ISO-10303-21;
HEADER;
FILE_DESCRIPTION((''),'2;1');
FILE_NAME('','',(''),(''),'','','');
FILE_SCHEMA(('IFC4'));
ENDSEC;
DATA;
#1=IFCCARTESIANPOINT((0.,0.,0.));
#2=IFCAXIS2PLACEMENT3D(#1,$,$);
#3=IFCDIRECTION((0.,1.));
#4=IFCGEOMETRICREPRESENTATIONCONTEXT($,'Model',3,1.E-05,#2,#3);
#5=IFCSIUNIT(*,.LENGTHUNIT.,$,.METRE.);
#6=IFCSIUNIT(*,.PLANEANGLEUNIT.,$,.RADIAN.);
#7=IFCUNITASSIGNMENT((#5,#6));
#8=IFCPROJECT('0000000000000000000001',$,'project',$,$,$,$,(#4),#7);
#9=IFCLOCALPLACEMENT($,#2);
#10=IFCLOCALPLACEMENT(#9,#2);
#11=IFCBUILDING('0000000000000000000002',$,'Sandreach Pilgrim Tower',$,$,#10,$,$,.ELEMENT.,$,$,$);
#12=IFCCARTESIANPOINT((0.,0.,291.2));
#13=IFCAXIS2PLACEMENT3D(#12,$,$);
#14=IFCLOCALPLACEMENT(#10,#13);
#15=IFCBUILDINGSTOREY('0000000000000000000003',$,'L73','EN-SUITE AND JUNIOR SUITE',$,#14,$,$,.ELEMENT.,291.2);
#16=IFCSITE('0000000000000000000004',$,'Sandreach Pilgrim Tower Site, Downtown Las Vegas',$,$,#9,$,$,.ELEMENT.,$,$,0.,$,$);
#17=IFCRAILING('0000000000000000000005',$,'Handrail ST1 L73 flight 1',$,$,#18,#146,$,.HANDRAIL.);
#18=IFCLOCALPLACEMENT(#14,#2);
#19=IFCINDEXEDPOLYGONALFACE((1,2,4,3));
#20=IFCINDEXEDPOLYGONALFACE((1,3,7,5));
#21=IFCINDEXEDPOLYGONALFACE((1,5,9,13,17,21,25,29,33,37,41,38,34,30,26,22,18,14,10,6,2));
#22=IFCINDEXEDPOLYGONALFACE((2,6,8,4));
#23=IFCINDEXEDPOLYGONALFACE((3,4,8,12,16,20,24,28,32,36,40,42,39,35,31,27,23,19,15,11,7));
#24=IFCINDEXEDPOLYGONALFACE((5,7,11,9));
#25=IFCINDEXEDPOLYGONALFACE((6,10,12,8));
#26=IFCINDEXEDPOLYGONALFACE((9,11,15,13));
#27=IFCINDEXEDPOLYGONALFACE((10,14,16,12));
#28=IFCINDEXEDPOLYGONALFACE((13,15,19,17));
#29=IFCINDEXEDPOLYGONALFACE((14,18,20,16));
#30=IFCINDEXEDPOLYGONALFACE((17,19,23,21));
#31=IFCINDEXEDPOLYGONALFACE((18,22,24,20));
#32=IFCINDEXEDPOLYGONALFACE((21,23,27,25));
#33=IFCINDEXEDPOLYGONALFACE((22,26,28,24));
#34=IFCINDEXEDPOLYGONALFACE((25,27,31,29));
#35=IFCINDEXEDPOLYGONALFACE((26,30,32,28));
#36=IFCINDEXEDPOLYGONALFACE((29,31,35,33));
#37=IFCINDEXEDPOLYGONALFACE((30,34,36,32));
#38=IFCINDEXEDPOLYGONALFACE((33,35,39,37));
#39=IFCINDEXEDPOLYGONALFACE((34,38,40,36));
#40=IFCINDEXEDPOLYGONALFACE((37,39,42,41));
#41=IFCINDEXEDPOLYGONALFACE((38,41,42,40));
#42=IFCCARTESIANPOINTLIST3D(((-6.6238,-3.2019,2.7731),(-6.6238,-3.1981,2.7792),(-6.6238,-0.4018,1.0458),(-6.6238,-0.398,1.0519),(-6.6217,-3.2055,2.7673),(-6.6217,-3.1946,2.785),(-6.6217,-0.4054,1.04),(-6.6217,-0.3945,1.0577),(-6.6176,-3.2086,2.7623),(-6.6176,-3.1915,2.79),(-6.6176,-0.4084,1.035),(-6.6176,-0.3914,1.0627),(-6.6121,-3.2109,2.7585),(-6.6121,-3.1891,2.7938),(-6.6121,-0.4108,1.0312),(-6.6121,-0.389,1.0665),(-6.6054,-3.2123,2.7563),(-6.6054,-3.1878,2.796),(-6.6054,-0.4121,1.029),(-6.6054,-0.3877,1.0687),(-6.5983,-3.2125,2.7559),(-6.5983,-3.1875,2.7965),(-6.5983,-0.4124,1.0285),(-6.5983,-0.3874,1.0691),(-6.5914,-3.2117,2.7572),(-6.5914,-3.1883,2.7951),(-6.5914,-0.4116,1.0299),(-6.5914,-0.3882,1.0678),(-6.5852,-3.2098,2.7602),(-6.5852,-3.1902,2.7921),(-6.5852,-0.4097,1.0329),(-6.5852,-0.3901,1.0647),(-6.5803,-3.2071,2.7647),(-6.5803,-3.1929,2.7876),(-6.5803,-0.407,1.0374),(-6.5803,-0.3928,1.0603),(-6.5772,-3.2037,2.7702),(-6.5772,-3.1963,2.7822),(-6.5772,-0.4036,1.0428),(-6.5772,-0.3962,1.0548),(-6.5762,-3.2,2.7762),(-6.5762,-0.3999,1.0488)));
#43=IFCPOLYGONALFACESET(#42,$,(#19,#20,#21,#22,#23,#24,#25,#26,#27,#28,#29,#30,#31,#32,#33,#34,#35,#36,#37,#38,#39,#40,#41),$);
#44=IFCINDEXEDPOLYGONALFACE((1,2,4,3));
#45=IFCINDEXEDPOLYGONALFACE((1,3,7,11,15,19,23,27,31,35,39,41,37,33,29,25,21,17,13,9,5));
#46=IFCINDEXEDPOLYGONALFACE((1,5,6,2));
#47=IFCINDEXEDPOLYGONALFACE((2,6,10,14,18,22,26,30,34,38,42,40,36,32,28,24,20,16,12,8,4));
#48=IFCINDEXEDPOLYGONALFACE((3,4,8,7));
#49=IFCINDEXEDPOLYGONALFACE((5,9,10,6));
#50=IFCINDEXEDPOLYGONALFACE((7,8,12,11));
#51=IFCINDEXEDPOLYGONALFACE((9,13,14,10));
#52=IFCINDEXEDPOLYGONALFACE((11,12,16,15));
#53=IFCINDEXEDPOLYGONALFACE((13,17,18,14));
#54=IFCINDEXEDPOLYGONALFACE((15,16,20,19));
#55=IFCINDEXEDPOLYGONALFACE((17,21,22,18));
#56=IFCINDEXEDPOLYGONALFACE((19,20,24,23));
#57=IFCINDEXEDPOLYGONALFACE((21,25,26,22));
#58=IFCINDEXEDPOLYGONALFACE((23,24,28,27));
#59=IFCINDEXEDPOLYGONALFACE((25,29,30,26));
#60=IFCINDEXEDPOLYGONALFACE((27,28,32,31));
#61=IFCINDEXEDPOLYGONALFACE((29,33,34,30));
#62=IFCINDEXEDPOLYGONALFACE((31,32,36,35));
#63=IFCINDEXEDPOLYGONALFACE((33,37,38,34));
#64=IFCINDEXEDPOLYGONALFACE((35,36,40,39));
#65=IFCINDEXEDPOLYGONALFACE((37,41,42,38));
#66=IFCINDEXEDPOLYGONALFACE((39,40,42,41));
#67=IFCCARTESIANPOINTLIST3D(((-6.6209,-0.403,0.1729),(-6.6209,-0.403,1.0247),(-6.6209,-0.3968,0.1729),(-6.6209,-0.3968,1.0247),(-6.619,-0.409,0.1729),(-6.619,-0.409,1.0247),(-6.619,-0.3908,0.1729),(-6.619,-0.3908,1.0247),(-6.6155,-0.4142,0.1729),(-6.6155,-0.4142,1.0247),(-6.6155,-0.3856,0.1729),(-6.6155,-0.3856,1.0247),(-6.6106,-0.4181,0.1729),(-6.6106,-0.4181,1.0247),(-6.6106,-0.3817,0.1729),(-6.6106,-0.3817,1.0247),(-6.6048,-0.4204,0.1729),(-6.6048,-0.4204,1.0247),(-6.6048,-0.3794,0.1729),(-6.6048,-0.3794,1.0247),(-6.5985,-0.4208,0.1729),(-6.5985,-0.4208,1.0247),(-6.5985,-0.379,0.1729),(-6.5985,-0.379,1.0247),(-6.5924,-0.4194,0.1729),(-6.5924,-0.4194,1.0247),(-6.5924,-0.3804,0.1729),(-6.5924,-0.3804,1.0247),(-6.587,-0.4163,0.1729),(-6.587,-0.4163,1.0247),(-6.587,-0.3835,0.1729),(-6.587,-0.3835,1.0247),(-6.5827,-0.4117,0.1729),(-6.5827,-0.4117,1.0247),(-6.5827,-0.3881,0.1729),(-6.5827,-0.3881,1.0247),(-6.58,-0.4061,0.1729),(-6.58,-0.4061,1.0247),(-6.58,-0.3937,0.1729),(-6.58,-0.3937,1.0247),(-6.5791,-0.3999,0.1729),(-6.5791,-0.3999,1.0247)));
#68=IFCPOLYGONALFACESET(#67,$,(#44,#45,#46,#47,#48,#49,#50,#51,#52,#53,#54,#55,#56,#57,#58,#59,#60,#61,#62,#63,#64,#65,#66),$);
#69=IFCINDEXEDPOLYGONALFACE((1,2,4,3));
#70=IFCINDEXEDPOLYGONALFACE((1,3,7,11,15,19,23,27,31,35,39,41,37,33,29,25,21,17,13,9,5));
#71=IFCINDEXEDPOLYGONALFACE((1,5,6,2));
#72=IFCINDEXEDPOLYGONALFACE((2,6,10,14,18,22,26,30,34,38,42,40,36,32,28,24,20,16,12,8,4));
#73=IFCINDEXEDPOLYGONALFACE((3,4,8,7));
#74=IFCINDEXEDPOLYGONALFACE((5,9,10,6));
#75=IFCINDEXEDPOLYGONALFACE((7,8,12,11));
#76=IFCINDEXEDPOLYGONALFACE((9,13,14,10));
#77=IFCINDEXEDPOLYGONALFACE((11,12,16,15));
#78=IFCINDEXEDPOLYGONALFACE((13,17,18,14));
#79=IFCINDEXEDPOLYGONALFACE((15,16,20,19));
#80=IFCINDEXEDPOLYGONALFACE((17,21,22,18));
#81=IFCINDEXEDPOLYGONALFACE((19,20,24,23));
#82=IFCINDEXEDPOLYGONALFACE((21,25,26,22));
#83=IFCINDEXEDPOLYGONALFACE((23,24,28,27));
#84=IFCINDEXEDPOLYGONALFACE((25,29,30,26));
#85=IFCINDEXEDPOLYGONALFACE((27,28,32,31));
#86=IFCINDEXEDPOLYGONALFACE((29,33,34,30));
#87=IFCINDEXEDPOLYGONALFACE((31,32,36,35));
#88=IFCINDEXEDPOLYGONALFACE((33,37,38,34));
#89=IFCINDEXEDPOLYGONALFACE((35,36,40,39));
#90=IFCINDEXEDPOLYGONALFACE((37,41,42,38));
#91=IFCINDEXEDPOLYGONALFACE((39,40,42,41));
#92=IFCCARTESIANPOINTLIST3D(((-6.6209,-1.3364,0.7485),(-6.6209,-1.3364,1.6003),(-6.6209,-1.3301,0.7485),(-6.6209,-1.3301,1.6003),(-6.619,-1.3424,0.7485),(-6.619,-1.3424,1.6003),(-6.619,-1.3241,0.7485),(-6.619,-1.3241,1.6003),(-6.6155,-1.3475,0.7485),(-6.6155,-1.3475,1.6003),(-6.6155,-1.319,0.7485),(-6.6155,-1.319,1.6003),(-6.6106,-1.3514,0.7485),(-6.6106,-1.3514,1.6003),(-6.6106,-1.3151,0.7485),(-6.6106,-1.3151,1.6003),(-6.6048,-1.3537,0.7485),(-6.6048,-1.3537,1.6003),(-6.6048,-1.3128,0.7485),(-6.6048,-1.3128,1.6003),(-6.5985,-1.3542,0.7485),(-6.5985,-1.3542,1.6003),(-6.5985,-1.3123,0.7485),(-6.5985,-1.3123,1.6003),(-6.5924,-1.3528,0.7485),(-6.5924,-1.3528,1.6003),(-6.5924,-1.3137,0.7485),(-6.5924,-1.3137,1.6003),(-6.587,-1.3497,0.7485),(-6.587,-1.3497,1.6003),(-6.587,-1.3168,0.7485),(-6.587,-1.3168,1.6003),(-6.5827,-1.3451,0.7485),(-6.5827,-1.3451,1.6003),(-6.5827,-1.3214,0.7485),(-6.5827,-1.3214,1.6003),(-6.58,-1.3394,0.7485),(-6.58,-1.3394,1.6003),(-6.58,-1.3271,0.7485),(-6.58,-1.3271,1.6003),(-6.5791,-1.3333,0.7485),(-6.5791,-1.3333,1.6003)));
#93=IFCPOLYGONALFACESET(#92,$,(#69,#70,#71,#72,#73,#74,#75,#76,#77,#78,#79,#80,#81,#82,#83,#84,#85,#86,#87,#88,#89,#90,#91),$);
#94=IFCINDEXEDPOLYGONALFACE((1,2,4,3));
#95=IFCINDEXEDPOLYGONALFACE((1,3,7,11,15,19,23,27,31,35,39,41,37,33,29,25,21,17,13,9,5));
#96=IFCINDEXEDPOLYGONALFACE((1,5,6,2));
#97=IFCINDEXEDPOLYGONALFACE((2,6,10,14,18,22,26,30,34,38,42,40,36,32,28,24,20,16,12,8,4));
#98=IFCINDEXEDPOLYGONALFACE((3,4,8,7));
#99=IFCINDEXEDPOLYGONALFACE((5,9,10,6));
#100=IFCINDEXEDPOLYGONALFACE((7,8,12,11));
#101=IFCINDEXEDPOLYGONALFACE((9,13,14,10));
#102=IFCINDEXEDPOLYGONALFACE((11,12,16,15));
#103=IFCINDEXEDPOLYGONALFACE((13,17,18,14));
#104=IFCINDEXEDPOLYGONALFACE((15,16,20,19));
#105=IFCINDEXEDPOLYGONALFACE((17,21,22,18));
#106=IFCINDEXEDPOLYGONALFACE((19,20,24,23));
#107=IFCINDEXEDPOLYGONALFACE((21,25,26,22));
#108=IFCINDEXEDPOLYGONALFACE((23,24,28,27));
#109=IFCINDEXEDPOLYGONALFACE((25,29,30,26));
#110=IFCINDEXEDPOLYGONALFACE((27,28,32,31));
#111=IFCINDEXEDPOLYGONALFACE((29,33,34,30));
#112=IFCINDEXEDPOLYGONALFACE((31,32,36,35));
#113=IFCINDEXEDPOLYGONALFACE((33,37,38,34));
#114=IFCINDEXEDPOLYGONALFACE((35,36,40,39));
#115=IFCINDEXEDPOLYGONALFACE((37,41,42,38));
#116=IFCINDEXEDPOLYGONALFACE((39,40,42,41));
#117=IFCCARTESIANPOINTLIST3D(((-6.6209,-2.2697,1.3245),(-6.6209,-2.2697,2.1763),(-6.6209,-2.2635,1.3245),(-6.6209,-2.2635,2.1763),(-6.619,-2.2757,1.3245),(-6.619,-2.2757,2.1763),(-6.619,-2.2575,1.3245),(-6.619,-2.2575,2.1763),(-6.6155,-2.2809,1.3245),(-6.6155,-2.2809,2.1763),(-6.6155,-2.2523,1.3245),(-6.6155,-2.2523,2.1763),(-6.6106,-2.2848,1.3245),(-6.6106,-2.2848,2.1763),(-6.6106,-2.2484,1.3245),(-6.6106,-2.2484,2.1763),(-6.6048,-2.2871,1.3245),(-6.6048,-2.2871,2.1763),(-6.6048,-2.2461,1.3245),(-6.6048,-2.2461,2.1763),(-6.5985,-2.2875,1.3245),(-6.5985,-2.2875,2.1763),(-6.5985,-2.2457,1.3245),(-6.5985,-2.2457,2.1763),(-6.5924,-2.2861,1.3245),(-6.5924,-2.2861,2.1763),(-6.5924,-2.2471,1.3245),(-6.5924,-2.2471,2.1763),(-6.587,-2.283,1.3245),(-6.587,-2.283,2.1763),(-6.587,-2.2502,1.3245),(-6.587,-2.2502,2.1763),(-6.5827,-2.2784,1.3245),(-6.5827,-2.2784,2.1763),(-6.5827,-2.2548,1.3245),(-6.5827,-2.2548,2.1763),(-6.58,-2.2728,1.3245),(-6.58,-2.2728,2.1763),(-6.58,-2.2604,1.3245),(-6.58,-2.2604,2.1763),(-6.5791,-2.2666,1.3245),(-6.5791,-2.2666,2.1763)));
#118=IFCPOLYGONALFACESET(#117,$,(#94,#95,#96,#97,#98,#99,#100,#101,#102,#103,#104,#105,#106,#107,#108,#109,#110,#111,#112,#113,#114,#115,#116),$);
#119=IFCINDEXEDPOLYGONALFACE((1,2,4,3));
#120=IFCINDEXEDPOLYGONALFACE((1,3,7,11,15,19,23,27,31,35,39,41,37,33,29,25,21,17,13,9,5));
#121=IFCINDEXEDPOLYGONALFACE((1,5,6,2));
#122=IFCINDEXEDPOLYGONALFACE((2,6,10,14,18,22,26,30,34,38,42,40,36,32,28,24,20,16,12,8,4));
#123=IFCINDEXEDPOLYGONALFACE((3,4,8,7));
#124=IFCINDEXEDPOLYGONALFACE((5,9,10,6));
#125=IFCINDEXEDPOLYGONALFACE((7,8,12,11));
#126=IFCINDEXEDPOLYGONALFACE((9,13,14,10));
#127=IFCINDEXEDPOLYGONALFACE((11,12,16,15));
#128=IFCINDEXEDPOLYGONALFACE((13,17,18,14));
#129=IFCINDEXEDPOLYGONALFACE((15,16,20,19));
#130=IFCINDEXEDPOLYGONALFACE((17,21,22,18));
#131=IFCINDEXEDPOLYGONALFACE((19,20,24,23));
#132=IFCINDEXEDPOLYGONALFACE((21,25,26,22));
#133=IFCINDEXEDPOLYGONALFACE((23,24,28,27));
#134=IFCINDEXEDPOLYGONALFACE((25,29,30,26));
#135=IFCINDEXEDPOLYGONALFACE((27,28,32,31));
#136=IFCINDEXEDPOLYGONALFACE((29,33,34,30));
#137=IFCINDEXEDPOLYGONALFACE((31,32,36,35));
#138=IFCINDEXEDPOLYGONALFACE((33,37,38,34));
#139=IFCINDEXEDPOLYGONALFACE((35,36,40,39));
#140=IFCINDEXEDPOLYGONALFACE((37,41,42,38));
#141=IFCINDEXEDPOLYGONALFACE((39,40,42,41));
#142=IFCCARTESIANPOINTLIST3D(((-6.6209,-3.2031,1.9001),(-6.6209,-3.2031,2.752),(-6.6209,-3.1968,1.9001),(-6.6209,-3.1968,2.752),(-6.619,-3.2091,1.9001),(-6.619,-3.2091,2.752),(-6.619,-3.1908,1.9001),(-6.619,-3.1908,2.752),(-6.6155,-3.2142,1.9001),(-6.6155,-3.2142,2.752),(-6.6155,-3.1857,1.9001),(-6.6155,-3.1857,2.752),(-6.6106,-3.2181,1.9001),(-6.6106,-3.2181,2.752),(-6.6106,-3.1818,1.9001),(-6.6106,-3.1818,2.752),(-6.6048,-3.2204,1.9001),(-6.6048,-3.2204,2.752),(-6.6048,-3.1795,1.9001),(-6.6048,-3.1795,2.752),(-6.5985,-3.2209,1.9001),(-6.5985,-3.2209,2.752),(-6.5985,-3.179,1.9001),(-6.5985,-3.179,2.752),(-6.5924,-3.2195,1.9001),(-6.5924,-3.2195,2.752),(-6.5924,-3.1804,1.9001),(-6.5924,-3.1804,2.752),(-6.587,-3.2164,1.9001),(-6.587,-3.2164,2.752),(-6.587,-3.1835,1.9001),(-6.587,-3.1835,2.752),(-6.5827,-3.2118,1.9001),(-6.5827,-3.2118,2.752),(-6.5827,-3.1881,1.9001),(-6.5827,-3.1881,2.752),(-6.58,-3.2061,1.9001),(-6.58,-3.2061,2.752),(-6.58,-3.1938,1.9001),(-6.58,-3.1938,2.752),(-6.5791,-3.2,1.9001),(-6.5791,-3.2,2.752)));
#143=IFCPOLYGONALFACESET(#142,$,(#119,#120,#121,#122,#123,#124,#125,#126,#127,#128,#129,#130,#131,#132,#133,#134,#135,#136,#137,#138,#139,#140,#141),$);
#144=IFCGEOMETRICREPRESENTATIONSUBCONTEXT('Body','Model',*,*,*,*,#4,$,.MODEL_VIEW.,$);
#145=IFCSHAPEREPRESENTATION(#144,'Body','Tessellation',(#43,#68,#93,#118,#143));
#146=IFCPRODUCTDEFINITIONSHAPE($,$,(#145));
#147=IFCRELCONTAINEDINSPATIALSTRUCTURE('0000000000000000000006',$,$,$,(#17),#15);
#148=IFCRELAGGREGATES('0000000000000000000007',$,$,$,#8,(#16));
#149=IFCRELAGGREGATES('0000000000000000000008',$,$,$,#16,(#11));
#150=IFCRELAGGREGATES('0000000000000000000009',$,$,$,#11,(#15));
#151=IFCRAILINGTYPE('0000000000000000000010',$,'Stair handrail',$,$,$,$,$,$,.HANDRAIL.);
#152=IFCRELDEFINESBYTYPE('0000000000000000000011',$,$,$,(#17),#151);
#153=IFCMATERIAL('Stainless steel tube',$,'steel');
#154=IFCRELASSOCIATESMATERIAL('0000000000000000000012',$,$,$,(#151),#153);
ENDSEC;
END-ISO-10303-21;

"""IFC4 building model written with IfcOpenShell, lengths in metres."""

from ifc_helpers import new_model, si_unit, direction, frame, origin, origin_2d, place, context, subcontext, project, spatial, circle, extrude, material, type_object, element, save


model = new_model("IFC4")

# Units and contexts
model_context = context("Model", 3, precision=1e-05, world=origin(), true_north=direction((0.0, 1.0)))
body_context = subcontext(model_context, "Body", "Model", "MODEL_VIEW")
ifc_project = project(units=[si_unit("LENGTHUNIT", "METRE"), si_unit("PLANEANGLEUNIT", "RADIAN")], contexts=[model_context])

# Site, building, storey
site_placement = place(None, origin())
site = spatial("IfcSite", under=ifc_project, at=site_placement, Name="Sandreach Pilgrim Tower Site, Downtown Las Vegas", CompositionType="ELEMENT", RefElevation=0.0)
building_placement = place(site_placement, origin())
building = spatial("IfcBuilding", under=site, at=building_placement, Name="Sandreach Pilgrim Tower", CompositionType="ELEMENT")
storey_placement = place(building_placement, frame((0.0, 0.0, 291.2)))
storey = spatial("IfcBuildingStorey", under=building, at=storey_placement, Name="L73", Description="EN-SUITE AND JUNIOR SUITE", CompositionType="ELEMENT", Elevation=291.2)

# Railing
ifc_material_1 = material(Name="Stainless steel tube", Category="steel")
railing_type = type_object("IfcRailingType", Name="Stair handrail", PredefinedType="HANDRAIL", material=ifc_material_1)
for number, where, name in (
    (1, (-6.6001, -0.3999, 0.1729), "Handrail ST1 L73 flight 1"),
):
    element("IfcRailing", number, at=place(storey_placement, frame(where)), inside=storey, type_object=railing_type, Name=name, PredefinedType="HANDRAIL", context=body_context, shape_type="SweptSolid", body=[
        extrude(circle(Radius=0.0239, at=origin_2d()), frame((0.0, 0.0, 0.876), z_axis=(0.0, -0.85109, 0.52502), x_axis=(1.0, 0.0, 0.0)), (0.0, 0.0, 1.0), 3.29),
        extrude(circle(Radius=0.021, at=origin_2d()), origin(), (0.0, 0.0, 1.0), 0.8518),
        extrude(circle(Radius=0.021, at=origin_2d()), frame((0.0, -0.9333, 0.5757)), (0.0, 0.0, 1.0), 0.8518),
        extrude(circle(Radius=0.021, at=origin_2d()), frame((0.0, -1.8667, 1.1516)), (0.0, 0.0, 1.0), 0.8518),
        extrude(circle(Radius=0.021, at=origin_2d()), frame((0.0, -2.8, 1.7273)), (0.0, 0.0, 1.0), 0.8518),
    ])

save(model, "model.ifc")
